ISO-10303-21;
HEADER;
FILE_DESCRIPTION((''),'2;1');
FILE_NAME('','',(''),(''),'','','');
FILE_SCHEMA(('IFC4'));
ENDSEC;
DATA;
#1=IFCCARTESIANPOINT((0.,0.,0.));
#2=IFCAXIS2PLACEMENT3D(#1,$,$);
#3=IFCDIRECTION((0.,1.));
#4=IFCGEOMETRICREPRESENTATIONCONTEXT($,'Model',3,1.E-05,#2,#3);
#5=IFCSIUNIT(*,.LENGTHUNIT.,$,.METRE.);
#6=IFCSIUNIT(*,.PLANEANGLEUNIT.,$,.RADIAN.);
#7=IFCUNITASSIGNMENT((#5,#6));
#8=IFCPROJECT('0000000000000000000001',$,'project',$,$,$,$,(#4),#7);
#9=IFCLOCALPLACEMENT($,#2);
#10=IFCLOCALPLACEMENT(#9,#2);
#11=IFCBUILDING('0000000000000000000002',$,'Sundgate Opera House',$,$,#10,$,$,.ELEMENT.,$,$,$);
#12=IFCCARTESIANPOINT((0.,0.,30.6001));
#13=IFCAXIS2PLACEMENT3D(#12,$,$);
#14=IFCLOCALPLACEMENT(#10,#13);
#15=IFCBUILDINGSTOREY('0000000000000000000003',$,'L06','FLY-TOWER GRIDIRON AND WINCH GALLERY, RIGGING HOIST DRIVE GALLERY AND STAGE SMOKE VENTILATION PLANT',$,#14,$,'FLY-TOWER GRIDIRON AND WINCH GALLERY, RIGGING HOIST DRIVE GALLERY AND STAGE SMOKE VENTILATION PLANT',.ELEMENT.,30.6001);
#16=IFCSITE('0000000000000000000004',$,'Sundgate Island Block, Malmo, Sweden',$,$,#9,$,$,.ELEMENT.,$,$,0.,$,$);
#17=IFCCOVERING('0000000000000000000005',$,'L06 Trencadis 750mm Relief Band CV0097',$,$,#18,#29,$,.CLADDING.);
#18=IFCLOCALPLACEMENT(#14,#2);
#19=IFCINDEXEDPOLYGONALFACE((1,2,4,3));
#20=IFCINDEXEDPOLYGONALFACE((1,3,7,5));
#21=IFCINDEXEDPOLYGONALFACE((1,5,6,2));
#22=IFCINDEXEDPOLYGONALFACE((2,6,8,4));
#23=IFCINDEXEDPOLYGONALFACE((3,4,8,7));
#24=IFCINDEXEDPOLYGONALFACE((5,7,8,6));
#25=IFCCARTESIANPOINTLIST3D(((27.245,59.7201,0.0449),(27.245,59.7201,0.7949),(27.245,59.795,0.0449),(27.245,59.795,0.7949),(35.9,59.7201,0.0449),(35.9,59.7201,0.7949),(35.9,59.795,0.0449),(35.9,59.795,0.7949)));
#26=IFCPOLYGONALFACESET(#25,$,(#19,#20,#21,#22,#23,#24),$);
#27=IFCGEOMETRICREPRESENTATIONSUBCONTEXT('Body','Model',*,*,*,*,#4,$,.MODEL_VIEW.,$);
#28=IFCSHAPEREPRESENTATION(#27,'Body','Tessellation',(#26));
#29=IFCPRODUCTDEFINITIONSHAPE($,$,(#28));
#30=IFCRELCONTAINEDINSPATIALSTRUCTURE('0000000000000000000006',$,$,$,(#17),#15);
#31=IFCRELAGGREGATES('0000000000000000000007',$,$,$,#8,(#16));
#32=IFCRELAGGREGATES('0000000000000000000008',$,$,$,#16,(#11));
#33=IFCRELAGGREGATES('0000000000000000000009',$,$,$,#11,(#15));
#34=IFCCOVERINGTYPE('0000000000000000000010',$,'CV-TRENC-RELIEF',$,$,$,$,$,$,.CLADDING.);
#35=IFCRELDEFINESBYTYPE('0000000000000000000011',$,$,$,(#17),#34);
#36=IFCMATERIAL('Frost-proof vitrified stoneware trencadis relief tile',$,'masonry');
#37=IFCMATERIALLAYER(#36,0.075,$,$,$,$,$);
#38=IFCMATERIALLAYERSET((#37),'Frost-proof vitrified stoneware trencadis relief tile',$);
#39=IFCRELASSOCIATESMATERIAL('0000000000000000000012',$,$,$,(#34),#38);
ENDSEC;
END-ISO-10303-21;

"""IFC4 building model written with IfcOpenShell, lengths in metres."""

from ifc_helpers import new_model, si_unit, direction, frame, origin, origin_2d, place, context, subcontext, project, spatial, rectangle, extrude, material, layer, layer_set, type_object, element, save


model = new_model("IFC4")

# Units and contexts
model_context = context("Model", 3, precision=1e-05, world=origin(), true_north=direction((0.0, 1.0)))
body_context = subcontext(model_context, "Body", "Model", "MODEL_VIEW")
ifc_project = project(units=[si_unit("LENGTHUNIT", "METRE"), si_unit("PLANEANGLEUNIT", "RADIAN")], contexts=[model_context])

# Site, building, storey
site_placement = place(None, origin())
site = spatial("IfcSite", under=ifc_project, at=site_placement, Name="Sundgate Island Block, Malmo, Sweden", CompositionType="ELEMENT", RefElevation=0.0)
building_placement = place(site_placement, origin())
building = spatial("IfcBuilding", under=site, at=building_placement, Name="Sundgate Opera House", CompositionType="ELEMENT")
storey_placement = place(building_placement, frame((0.0, 0.0, 30.6001)))
storey = spatial("IfcBuildingStorey", under=building, at=storey_placement, Name="L06", Description="FLY-TOWER GRIDIRON AND WINCH GALLERY, RIGGING HOIST DRIVE GALLERY AND STAGE SMOKE VENTILATION PLANT", LongName="FLY-TOWER GRIDIRON AND WINCH GALLERY, RIGGING HOIST DRIVE GALLERY AND STAGE SMOKE VENTILATION PLANT", CompositionType="ELEMENT", Elevation=30.6001)

# Covering
ifc_material_1 = material(Name="Frost-proof vitrified stoneware trencadis relief tile", Category="masonry")
ifc_layer_1 = layer(ifc_material_1, 0.075)
ifc_layer_set_1 = layer_set([ifc_layer_1], Name="Frost-proof vitrified stoneware trencadis relief tile")
covering_type = type_object("IfcCoveringType", Name="CV-TRENC-RELIEF", PredefinedType="CLADDING", material=ifc_layer_set_1)
covering_placement = place(storey_placement, frame((31.5725, 59.7576, 0.0449), z_axis=(0.0, 0.0, 1.0), x_axis=(1.0, 0.0, 0.0)))
element("IfcCovering", 1, at=covering_placement, inside=storey, type_object=covering_type, Name="L06 Trencadis 750mm Relief Band CV0097", PredefinedType="CLADDING", context=body_context, shape_type="SweptSolid", body=[
    extrude(rectangle(XDim=8.655, YDim=0.075, at=origin_2d()), origin(), (0.0, 0.0, 1.0), 0.75),
])

save(model, "model.ifc")
